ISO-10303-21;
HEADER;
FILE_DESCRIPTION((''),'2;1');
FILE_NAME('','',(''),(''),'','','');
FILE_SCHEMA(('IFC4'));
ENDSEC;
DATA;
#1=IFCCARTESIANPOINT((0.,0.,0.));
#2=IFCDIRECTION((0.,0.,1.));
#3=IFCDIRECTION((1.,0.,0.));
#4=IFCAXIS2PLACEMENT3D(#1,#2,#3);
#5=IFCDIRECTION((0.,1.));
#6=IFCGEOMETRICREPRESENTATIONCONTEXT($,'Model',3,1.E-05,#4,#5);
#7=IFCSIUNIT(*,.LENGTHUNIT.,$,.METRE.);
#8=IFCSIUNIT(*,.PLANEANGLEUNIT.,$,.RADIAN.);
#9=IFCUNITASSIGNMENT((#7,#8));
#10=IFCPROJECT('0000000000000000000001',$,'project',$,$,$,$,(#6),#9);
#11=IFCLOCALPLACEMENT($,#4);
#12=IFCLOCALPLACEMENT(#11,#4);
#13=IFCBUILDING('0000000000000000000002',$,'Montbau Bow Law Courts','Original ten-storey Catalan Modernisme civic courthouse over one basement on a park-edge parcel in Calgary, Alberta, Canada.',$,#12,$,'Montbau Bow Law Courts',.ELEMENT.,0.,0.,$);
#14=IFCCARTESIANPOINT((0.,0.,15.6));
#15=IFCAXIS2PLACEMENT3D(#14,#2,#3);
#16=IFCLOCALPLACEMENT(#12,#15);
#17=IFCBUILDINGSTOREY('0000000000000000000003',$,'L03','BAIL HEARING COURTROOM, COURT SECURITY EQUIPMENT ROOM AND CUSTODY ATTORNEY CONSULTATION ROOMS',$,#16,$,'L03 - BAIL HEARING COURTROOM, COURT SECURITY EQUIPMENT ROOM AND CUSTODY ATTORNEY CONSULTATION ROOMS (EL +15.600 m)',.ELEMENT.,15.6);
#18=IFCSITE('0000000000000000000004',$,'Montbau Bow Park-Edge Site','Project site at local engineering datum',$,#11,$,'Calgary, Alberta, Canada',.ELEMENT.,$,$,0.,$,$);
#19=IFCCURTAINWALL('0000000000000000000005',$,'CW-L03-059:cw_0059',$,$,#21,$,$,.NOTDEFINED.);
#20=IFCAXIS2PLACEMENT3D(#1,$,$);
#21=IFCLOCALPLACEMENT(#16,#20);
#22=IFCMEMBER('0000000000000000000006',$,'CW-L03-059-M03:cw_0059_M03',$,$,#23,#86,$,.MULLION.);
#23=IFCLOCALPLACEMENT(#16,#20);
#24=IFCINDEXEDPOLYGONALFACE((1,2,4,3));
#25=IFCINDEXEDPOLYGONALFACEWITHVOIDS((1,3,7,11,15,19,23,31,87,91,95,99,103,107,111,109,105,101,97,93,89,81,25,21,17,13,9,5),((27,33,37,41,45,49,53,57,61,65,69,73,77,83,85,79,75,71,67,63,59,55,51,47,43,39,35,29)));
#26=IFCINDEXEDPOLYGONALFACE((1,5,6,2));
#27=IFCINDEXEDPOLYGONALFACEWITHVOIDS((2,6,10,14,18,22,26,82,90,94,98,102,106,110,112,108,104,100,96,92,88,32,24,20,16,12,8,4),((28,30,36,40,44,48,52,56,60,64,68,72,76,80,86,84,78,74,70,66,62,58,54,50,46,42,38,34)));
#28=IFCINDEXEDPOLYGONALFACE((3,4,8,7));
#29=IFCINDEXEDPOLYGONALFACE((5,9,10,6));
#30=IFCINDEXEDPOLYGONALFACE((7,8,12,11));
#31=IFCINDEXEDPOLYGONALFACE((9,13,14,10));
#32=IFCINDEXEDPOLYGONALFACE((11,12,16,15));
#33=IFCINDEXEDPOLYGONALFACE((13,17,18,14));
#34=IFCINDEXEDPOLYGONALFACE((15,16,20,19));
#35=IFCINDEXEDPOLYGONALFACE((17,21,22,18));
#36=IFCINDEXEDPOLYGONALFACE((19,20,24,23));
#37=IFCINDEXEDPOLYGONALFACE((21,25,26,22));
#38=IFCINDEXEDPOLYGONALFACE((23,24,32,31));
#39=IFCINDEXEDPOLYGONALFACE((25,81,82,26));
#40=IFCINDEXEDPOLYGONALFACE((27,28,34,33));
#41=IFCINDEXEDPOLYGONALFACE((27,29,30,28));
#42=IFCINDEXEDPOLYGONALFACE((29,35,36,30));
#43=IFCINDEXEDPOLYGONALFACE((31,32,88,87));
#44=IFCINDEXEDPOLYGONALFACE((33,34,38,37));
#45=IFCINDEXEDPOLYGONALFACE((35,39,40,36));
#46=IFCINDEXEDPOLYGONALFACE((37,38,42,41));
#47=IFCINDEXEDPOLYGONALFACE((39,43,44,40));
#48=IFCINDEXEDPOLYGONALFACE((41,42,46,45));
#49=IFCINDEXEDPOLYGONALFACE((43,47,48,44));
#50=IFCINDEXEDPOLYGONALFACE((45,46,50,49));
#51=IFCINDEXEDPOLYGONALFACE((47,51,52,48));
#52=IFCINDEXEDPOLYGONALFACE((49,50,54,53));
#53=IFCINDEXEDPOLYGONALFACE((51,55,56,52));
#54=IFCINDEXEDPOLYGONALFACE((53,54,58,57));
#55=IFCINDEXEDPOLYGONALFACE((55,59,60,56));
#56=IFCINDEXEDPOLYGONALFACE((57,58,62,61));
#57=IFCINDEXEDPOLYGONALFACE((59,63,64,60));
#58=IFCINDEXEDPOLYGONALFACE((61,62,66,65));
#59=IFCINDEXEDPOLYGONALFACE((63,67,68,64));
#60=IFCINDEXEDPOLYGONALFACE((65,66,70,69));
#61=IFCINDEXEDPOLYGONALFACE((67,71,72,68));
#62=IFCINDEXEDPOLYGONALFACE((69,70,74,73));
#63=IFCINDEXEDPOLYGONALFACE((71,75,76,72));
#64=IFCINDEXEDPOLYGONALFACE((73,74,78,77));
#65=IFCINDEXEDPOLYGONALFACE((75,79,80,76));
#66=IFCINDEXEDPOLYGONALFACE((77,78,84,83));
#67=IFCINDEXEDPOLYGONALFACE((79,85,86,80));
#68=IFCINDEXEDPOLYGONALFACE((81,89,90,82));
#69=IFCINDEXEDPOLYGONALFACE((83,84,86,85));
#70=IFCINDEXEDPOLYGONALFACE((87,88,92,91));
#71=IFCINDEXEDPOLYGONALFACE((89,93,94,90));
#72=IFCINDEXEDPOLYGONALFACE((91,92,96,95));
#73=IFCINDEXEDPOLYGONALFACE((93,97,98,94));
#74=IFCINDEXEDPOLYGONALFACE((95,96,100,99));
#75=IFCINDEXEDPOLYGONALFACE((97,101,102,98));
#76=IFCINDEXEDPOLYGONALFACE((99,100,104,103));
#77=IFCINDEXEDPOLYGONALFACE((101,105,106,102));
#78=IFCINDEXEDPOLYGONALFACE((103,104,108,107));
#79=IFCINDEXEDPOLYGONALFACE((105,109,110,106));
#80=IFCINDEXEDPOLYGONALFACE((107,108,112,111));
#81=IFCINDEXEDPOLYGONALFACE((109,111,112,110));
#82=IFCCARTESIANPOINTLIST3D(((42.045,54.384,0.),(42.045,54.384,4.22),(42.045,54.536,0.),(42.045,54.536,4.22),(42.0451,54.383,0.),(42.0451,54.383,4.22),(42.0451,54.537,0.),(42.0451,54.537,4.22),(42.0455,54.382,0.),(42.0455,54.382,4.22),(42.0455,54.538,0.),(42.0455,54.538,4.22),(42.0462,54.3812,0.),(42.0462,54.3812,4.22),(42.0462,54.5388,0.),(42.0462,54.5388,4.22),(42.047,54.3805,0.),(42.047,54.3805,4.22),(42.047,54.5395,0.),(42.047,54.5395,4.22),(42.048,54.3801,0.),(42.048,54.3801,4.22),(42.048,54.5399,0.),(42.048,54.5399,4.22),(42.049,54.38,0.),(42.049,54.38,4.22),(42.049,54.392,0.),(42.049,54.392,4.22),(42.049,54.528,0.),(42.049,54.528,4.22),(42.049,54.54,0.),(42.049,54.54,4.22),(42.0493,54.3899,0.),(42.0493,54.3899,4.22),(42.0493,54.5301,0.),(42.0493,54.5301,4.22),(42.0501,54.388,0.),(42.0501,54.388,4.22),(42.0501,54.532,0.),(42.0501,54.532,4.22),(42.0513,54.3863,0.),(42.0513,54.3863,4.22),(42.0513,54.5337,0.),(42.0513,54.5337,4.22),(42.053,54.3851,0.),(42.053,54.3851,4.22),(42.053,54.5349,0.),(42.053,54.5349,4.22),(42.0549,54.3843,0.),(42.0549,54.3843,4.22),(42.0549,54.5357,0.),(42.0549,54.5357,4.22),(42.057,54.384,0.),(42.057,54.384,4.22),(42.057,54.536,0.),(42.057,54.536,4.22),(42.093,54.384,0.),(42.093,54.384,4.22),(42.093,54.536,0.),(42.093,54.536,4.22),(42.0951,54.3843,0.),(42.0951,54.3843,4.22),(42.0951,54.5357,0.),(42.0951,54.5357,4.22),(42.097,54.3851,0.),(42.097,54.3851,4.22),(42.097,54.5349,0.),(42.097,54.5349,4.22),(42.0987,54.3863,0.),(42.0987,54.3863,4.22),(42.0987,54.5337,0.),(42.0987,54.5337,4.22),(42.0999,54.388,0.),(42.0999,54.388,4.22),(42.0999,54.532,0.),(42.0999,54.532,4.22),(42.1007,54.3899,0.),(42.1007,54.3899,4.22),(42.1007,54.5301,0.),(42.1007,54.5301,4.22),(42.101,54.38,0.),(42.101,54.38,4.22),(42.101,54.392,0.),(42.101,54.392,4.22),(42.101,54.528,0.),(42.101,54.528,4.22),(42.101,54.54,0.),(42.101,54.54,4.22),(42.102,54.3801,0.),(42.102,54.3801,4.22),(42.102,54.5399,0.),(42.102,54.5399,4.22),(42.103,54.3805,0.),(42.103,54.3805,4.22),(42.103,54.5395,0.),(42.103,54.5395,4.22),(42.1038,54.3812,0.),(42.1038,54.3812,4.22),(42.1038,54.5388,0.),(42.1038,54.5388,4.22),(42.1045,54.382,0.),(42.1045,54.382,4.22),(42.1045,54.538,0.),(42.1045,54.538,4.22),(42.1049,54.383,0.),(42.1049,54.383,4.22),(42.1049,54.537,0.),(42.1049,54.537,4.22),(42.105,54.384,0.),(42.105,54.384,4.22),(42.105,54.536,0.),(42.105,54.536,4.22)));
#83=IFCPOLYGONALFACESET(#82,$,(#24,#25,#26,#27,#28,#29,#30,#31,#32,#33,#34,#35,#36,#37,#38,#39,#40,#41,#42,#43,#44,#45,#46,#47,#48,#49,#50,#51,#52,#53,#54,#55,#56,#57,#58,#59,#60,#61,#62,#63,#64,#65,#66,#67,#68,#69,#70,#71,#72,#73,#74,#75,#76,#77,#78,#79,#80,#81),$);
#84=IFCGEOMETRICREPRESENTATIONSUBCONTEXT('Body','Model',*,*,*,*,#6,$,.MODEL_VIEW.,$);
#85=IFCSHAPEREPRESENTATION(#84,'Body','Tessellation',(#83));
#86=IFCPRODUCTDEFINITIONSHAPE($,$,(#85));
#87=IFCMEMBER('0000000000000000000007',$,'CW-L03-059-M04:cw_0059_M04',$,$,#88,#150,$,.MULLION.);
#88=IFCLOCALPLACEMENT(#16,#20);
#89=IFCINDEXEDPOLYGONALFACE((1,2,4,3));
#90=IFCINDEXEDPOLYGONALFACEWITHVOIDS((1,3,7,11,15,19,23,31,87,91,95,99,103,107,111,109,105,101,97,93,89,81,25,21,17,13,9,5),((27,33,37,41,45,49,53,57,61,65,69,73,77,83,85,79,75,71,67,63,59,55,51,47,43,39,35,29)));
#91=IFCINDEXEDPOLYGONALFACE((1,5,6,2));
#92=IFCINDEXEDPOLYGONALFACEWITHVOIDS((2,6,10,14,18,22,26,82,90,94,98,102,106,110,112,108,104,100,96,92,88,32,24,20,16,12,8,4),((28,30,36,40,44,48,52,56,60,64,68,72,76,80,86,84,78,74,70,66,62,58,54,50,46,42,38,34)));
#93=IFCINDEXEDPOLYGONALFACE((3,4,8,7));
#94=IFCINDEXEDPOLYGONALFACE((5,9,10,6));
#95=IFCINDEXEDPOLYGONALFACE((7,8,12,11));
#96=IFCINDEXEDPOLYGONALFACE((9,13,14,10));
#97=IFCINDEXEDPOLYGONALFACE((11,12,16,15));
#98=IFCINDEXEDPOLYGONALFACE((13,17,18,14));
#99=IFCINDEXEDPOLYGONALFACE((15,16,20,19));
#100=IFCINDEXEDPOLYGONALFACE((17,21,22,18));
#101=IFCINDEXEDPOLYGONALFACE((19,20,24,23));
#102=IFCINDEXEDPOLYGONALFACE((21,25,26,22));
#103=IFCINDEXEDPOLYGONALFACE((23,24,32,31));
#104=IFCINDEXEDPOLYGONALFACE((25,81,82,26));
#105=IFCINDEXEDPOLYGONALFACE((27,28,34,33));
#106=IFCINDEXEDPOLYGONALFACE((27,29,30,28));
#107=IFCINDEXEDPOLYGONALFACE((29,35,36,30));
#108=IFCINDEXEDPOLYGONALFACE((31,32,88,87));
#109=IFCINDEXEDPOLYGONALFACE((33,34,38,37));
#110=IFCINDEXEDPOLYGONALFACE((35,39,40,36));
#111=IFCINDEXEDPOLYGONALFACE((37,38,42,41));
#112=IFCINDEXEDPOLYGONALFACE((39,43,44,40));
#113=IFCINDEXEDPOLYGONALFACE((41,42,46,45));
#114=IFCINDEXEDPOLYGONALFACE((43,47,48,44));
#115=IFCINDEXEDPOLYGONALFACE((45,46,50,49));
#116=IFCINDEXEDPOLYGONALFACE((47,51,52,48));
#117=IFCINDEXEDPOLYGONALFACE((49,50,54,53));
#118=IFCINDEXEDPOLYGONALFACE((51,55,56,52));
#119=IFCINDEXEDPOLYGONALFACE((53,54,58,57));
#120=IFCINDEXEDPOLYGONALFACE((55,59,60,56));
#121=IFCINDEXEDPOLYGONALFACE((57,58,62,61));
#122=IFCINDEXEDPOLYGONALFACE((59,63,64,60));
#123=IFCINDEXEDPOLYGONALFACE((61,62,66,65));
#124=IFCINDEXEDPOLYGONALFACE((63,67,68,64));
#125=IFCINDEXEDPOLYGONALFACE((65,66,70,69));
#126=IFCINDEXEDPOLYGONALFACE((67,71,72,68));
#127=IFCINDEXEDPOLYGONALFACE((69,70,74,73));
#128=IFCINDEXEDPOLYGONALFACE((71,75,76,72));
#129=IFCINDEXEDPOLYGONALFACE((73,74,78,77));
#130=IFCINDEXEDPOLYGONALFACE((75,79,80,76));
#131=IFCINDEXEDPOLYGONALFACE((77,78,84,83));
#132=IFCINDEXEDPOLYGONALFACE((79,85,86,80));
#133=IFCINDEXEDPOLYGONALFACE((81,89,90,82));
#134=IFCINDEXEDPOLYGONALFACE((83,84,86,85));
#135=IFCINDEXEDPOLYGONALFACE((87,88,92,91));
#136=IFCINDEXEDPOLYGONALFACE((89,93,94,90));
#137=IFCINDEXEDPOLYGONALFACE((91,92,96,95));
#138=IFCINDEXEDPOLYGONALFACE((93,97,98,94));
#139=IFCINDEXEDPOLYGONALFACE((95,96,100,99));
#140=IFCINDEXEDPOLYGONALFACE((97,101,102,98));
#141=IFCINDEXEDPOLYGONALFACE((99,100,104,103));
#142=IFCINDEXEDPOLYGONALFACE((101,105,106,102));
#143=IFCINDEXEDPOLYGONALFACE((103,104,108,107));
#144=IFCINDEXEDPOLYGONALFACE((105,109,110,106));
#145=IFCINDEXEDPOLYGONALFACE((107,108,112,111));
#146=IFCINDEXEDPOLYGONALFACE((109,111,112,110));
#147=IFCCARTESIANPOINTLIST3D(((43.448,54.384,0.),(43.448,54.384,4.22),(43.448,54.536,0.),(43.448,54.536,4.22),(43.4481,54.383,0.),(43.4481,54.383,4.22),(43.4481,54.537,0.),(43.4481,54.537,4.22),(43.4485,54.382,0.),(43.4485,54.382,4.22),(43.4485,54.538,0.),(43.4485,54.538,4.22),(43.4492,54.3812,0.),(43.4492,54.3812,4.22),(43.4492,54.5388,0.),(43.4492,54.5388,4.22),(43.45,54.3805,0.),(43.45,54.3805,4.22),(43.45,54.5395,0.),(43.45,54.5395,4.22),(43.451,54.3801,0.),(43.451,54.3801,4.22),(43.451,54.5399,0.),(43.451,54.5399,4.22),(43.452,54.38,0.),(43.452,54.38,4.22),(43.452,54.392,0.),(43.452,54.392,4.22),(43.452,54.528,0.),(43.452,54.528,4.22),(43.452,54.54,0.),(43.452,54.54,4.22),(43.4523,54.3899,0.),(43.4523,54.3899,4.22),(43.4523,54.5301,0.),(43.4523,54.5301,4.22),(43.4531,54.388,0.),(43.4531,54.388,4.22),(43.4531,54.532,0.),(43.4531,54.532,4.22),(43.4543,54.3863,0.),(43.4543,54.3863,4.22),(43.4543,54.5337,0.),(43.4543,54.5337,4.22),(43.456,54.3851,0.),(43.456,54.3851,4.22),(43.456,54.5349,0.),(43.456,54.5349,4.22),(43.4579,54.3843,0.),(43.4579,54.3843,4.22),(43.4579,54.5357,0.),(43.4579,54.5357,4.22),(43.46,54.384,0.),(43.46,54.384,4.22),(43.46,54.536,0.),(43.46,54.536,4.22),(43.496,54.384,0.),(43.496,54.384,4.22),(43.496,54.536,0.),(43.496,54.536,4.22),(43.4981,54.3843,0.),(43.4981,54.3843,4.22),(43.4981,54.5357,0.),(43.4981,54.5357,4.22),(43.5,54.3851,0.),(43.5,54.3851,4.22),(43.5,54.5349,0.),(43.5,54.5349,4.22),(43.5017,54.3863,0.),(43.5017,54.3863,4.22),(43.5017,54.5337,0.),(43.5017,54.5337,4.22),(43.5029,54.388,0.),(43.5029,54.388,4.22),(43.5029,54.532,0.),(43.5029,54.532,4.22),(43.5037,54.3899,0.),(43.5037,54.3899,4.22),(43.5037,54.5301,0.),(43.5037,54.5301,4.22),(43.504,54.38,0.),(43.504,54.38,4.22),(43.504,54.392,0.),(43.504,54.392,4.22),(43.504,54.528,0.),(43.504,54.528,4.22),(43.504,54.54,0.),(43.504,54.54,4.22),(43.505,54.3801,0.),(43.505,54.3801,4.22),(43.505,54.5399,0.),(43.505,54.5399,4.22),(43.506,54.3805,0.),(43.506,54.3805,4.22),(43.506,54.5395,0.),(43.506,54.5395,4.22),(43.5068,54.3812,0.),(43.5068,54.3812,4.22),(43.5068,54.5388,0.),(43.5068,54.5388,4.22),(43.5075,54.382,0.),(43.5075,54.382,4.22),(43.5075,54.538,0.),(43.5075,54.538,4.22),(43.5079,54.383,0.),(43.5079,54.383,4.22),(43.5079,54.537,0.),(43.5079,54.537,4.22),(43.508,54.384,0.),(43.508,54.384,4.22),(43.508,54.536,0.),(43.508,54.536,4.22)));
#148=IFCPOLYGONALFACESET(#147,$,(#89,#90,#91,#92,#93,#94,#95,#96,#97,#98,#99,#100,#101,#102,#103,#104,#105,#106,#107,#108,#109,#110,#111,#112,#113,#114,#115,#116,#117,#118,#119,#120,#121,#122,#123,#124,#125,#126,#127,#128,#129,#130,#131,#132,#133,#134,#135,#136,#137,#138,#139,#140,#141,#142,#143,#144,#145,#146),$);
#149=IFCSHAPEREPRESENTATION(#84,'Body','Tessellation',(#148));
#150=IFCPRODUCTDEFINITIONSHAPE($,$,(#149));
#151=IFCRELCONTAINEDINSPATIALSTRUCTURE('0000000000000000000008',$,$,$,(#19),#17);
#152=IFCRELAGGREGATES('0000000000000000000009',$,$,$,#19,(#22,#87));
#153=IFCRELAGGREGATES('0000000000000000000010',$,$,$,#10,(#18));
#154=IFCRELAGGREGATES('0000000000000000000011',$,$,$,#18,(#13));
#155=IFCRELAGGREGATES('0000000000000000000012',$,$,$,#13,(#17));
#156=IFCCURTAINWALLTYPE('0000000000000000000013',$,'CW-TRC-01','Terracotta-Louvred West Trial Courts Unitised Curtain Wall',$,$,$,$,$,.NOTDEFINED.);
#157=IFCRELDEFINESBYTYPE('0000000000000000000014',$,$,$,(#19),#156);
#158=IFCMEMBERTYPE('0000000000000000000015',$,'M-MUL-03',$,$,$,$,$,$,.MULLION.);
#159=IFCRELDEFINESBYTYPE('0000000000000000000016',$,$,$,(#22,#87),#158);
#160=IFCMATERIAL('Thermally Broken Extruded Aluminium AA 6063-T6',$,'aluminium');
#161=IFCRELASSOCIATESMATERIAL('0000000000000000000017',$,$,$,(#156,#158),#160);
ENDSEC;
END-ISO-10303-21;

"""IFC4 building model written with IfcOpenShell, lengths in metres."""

from ifc_helpers import new_model, si_unit, direction, frame, origin_with_axes, origin_2d_with_axis, place, context, subcontext, project, spatial, hollow_rectangle, extrude, material, material_profile, profile_set, type_object, element, aggregate, save


model = new_model("IFC4")

# Units and contexts
model_context = context("Model", 3, precision=1e-05, world=origin_with_axes(), true_north=direction((0.0, 1.0)))
body_context = subcontext(model_context, "Body", "Model", "MODEL_VIEW")
ifc_project = project(units=[si_unit("LENGTHUNIT", "METRE"), si_unit("PLANEANGLEUNIT", "RADIAN")], contexts=[model_context])

# Site, building, storey
site_placement = place(None, origin_with_axes())
site = spatial("IfcSite", under=ifc_project, at=site_placement, Name="Montbau Bow Park-Edge Site", Description="Project site at local engineering datum", LongName="Calgary, Alberta, Canada", CompositionType="ELEMENT", RefElevation=0.0)
building_placement = place(site_placement, origin_with_axes())
building = spatial("IfcBuilding", under=site, at=building_placement, Name="Montbau Bow Law Courts", Description="Original ten-storey Catalan Modernisme civic courthouse over one basement on a park-edge parcel in Calgary, Alberta, Canada.", LongName="Montbau Bow Law Courts", CompositionType="ELEMENT", ElevationOfRefHeight=0.0, ElevationOfTerrain=0.0)
storey_placement = place(building_placement, frame((0.0, 0.0, 15.6), z_axis=(0.0, 0.0, 1.0), x_axis=(1.0, 0.0, 0.0)))
storey = spatial("IfcBuildingStorey", under=building, at=storey_placement, Name="L03", Description="BAIL HEARING COURTROOM, COURT SECURITY EQUIPMENT ROOM AND CUSTODY ATTORNEY CONSULTATION ROOMS", LongName="L03 - BAIL HEARING COURTROOM, COURT SECURITY EQUIPMENT ROOM AND CUSTODY ATTORNEY CONSULTATION ROOMS (EL +15.600 m)", CompositionType="ELEMENT", Elevation=15.6)

# Curtain wall, members
ifc_material_1 = material(Name="Thermally Broken Extruded Aluminium AA 6063-T6", Category="aluminium")
curtain_wall_type = type_object("IfcCurtainWallType", Name="CW-TRC-01", Description="Terracotta-Louvred West Trial Courts Unitised Curtain Wall", PredefinedType="NOTDEFINED", material=ifc_material_1)
curtain_wall_placement = place(None, frame((39.268, 54.46, 15.6), z_axis=(0.0, 0.0, 1.0), x_axis=(1.0, 0.0, 0.0)))
curtain_wall = element("IfcCurtainWall", 1, at=curtain_wall_placement, inside=storey, type_object=curtain_wall_type, Name="CW-L03-059:cw_0059", PredefinedType="NOTDEFINED")
ifc_material_profile_1 = material_profile(ifc_material_1, hollow_rectangle(XDim=0.06, YDim=0.16, WallThickness=0.004, InnerFilletRadius=0.008, OuterFilletRadius=0.004, at=origin_2d_with_axis()), Name="CWM-160X60", Category="Main", Priority=0)
ifc_profile_set_1 = profile_set([ifc_material_profile_1], Name="Thermally Broken Extruded Aluminium AA 6063-T6")
member_type_1 = type_object("IfcMemberType", Name="M-MUL-03", PredefinedType="MULLION", material=ifc_profile_set_1)
member_1_placement = place(None, frame((42.075, 54.46, 15.6), z_axis=(0.0, 0.0, 1.0), x_axis=(1.0, 0.0, 0.0)))
member_1 = element("IfcMember", 2, at=member_1_placement, type_object=member_type_1, Name="CW-L03-059-M03:cw_0059_M03", PredefinedType="MULLION", context=body_context, shape_type="SweptSolid", body=[
    extrude(hollow_rectangle(XDim=0.06, YDim=0.16, WallThickness=0.004, InnerFilletRadius=0.008, OuterFilletRadius=0.004, at=origin_2d_with_axis()), origin_with_axes(), (0.0, 0.0, 1.0), 4.22),
])
member_2_placement = place(None, frame((43.478, 54.46, 15.6), z_axis=(0.0, 0.0, 1.0), x_axis=(1.0, 0.0, 0.0)))
member_2 = element("IfcMember", 3, at=member_2_placement, type_object=member_type_1, Name="CW-L03-059-M04:cw_0059_M04", PredefinedType="MULLION", context=body_context, shape_type="SweptSolid", body=[
    extrude(hollow_rectangle(XDim=0.06, YDim=0.16, WallThickness=0.004, InnerFilletRadius=0.008, OuterFilletRadius=0.004, at=origin_2d_with_axis()), origin_with_axes(), (0.0, 0.0, 1.0), 4.22),
])
aggregate(curtain_wall, [member_1, member_2])

save(model, "model.ifc")
